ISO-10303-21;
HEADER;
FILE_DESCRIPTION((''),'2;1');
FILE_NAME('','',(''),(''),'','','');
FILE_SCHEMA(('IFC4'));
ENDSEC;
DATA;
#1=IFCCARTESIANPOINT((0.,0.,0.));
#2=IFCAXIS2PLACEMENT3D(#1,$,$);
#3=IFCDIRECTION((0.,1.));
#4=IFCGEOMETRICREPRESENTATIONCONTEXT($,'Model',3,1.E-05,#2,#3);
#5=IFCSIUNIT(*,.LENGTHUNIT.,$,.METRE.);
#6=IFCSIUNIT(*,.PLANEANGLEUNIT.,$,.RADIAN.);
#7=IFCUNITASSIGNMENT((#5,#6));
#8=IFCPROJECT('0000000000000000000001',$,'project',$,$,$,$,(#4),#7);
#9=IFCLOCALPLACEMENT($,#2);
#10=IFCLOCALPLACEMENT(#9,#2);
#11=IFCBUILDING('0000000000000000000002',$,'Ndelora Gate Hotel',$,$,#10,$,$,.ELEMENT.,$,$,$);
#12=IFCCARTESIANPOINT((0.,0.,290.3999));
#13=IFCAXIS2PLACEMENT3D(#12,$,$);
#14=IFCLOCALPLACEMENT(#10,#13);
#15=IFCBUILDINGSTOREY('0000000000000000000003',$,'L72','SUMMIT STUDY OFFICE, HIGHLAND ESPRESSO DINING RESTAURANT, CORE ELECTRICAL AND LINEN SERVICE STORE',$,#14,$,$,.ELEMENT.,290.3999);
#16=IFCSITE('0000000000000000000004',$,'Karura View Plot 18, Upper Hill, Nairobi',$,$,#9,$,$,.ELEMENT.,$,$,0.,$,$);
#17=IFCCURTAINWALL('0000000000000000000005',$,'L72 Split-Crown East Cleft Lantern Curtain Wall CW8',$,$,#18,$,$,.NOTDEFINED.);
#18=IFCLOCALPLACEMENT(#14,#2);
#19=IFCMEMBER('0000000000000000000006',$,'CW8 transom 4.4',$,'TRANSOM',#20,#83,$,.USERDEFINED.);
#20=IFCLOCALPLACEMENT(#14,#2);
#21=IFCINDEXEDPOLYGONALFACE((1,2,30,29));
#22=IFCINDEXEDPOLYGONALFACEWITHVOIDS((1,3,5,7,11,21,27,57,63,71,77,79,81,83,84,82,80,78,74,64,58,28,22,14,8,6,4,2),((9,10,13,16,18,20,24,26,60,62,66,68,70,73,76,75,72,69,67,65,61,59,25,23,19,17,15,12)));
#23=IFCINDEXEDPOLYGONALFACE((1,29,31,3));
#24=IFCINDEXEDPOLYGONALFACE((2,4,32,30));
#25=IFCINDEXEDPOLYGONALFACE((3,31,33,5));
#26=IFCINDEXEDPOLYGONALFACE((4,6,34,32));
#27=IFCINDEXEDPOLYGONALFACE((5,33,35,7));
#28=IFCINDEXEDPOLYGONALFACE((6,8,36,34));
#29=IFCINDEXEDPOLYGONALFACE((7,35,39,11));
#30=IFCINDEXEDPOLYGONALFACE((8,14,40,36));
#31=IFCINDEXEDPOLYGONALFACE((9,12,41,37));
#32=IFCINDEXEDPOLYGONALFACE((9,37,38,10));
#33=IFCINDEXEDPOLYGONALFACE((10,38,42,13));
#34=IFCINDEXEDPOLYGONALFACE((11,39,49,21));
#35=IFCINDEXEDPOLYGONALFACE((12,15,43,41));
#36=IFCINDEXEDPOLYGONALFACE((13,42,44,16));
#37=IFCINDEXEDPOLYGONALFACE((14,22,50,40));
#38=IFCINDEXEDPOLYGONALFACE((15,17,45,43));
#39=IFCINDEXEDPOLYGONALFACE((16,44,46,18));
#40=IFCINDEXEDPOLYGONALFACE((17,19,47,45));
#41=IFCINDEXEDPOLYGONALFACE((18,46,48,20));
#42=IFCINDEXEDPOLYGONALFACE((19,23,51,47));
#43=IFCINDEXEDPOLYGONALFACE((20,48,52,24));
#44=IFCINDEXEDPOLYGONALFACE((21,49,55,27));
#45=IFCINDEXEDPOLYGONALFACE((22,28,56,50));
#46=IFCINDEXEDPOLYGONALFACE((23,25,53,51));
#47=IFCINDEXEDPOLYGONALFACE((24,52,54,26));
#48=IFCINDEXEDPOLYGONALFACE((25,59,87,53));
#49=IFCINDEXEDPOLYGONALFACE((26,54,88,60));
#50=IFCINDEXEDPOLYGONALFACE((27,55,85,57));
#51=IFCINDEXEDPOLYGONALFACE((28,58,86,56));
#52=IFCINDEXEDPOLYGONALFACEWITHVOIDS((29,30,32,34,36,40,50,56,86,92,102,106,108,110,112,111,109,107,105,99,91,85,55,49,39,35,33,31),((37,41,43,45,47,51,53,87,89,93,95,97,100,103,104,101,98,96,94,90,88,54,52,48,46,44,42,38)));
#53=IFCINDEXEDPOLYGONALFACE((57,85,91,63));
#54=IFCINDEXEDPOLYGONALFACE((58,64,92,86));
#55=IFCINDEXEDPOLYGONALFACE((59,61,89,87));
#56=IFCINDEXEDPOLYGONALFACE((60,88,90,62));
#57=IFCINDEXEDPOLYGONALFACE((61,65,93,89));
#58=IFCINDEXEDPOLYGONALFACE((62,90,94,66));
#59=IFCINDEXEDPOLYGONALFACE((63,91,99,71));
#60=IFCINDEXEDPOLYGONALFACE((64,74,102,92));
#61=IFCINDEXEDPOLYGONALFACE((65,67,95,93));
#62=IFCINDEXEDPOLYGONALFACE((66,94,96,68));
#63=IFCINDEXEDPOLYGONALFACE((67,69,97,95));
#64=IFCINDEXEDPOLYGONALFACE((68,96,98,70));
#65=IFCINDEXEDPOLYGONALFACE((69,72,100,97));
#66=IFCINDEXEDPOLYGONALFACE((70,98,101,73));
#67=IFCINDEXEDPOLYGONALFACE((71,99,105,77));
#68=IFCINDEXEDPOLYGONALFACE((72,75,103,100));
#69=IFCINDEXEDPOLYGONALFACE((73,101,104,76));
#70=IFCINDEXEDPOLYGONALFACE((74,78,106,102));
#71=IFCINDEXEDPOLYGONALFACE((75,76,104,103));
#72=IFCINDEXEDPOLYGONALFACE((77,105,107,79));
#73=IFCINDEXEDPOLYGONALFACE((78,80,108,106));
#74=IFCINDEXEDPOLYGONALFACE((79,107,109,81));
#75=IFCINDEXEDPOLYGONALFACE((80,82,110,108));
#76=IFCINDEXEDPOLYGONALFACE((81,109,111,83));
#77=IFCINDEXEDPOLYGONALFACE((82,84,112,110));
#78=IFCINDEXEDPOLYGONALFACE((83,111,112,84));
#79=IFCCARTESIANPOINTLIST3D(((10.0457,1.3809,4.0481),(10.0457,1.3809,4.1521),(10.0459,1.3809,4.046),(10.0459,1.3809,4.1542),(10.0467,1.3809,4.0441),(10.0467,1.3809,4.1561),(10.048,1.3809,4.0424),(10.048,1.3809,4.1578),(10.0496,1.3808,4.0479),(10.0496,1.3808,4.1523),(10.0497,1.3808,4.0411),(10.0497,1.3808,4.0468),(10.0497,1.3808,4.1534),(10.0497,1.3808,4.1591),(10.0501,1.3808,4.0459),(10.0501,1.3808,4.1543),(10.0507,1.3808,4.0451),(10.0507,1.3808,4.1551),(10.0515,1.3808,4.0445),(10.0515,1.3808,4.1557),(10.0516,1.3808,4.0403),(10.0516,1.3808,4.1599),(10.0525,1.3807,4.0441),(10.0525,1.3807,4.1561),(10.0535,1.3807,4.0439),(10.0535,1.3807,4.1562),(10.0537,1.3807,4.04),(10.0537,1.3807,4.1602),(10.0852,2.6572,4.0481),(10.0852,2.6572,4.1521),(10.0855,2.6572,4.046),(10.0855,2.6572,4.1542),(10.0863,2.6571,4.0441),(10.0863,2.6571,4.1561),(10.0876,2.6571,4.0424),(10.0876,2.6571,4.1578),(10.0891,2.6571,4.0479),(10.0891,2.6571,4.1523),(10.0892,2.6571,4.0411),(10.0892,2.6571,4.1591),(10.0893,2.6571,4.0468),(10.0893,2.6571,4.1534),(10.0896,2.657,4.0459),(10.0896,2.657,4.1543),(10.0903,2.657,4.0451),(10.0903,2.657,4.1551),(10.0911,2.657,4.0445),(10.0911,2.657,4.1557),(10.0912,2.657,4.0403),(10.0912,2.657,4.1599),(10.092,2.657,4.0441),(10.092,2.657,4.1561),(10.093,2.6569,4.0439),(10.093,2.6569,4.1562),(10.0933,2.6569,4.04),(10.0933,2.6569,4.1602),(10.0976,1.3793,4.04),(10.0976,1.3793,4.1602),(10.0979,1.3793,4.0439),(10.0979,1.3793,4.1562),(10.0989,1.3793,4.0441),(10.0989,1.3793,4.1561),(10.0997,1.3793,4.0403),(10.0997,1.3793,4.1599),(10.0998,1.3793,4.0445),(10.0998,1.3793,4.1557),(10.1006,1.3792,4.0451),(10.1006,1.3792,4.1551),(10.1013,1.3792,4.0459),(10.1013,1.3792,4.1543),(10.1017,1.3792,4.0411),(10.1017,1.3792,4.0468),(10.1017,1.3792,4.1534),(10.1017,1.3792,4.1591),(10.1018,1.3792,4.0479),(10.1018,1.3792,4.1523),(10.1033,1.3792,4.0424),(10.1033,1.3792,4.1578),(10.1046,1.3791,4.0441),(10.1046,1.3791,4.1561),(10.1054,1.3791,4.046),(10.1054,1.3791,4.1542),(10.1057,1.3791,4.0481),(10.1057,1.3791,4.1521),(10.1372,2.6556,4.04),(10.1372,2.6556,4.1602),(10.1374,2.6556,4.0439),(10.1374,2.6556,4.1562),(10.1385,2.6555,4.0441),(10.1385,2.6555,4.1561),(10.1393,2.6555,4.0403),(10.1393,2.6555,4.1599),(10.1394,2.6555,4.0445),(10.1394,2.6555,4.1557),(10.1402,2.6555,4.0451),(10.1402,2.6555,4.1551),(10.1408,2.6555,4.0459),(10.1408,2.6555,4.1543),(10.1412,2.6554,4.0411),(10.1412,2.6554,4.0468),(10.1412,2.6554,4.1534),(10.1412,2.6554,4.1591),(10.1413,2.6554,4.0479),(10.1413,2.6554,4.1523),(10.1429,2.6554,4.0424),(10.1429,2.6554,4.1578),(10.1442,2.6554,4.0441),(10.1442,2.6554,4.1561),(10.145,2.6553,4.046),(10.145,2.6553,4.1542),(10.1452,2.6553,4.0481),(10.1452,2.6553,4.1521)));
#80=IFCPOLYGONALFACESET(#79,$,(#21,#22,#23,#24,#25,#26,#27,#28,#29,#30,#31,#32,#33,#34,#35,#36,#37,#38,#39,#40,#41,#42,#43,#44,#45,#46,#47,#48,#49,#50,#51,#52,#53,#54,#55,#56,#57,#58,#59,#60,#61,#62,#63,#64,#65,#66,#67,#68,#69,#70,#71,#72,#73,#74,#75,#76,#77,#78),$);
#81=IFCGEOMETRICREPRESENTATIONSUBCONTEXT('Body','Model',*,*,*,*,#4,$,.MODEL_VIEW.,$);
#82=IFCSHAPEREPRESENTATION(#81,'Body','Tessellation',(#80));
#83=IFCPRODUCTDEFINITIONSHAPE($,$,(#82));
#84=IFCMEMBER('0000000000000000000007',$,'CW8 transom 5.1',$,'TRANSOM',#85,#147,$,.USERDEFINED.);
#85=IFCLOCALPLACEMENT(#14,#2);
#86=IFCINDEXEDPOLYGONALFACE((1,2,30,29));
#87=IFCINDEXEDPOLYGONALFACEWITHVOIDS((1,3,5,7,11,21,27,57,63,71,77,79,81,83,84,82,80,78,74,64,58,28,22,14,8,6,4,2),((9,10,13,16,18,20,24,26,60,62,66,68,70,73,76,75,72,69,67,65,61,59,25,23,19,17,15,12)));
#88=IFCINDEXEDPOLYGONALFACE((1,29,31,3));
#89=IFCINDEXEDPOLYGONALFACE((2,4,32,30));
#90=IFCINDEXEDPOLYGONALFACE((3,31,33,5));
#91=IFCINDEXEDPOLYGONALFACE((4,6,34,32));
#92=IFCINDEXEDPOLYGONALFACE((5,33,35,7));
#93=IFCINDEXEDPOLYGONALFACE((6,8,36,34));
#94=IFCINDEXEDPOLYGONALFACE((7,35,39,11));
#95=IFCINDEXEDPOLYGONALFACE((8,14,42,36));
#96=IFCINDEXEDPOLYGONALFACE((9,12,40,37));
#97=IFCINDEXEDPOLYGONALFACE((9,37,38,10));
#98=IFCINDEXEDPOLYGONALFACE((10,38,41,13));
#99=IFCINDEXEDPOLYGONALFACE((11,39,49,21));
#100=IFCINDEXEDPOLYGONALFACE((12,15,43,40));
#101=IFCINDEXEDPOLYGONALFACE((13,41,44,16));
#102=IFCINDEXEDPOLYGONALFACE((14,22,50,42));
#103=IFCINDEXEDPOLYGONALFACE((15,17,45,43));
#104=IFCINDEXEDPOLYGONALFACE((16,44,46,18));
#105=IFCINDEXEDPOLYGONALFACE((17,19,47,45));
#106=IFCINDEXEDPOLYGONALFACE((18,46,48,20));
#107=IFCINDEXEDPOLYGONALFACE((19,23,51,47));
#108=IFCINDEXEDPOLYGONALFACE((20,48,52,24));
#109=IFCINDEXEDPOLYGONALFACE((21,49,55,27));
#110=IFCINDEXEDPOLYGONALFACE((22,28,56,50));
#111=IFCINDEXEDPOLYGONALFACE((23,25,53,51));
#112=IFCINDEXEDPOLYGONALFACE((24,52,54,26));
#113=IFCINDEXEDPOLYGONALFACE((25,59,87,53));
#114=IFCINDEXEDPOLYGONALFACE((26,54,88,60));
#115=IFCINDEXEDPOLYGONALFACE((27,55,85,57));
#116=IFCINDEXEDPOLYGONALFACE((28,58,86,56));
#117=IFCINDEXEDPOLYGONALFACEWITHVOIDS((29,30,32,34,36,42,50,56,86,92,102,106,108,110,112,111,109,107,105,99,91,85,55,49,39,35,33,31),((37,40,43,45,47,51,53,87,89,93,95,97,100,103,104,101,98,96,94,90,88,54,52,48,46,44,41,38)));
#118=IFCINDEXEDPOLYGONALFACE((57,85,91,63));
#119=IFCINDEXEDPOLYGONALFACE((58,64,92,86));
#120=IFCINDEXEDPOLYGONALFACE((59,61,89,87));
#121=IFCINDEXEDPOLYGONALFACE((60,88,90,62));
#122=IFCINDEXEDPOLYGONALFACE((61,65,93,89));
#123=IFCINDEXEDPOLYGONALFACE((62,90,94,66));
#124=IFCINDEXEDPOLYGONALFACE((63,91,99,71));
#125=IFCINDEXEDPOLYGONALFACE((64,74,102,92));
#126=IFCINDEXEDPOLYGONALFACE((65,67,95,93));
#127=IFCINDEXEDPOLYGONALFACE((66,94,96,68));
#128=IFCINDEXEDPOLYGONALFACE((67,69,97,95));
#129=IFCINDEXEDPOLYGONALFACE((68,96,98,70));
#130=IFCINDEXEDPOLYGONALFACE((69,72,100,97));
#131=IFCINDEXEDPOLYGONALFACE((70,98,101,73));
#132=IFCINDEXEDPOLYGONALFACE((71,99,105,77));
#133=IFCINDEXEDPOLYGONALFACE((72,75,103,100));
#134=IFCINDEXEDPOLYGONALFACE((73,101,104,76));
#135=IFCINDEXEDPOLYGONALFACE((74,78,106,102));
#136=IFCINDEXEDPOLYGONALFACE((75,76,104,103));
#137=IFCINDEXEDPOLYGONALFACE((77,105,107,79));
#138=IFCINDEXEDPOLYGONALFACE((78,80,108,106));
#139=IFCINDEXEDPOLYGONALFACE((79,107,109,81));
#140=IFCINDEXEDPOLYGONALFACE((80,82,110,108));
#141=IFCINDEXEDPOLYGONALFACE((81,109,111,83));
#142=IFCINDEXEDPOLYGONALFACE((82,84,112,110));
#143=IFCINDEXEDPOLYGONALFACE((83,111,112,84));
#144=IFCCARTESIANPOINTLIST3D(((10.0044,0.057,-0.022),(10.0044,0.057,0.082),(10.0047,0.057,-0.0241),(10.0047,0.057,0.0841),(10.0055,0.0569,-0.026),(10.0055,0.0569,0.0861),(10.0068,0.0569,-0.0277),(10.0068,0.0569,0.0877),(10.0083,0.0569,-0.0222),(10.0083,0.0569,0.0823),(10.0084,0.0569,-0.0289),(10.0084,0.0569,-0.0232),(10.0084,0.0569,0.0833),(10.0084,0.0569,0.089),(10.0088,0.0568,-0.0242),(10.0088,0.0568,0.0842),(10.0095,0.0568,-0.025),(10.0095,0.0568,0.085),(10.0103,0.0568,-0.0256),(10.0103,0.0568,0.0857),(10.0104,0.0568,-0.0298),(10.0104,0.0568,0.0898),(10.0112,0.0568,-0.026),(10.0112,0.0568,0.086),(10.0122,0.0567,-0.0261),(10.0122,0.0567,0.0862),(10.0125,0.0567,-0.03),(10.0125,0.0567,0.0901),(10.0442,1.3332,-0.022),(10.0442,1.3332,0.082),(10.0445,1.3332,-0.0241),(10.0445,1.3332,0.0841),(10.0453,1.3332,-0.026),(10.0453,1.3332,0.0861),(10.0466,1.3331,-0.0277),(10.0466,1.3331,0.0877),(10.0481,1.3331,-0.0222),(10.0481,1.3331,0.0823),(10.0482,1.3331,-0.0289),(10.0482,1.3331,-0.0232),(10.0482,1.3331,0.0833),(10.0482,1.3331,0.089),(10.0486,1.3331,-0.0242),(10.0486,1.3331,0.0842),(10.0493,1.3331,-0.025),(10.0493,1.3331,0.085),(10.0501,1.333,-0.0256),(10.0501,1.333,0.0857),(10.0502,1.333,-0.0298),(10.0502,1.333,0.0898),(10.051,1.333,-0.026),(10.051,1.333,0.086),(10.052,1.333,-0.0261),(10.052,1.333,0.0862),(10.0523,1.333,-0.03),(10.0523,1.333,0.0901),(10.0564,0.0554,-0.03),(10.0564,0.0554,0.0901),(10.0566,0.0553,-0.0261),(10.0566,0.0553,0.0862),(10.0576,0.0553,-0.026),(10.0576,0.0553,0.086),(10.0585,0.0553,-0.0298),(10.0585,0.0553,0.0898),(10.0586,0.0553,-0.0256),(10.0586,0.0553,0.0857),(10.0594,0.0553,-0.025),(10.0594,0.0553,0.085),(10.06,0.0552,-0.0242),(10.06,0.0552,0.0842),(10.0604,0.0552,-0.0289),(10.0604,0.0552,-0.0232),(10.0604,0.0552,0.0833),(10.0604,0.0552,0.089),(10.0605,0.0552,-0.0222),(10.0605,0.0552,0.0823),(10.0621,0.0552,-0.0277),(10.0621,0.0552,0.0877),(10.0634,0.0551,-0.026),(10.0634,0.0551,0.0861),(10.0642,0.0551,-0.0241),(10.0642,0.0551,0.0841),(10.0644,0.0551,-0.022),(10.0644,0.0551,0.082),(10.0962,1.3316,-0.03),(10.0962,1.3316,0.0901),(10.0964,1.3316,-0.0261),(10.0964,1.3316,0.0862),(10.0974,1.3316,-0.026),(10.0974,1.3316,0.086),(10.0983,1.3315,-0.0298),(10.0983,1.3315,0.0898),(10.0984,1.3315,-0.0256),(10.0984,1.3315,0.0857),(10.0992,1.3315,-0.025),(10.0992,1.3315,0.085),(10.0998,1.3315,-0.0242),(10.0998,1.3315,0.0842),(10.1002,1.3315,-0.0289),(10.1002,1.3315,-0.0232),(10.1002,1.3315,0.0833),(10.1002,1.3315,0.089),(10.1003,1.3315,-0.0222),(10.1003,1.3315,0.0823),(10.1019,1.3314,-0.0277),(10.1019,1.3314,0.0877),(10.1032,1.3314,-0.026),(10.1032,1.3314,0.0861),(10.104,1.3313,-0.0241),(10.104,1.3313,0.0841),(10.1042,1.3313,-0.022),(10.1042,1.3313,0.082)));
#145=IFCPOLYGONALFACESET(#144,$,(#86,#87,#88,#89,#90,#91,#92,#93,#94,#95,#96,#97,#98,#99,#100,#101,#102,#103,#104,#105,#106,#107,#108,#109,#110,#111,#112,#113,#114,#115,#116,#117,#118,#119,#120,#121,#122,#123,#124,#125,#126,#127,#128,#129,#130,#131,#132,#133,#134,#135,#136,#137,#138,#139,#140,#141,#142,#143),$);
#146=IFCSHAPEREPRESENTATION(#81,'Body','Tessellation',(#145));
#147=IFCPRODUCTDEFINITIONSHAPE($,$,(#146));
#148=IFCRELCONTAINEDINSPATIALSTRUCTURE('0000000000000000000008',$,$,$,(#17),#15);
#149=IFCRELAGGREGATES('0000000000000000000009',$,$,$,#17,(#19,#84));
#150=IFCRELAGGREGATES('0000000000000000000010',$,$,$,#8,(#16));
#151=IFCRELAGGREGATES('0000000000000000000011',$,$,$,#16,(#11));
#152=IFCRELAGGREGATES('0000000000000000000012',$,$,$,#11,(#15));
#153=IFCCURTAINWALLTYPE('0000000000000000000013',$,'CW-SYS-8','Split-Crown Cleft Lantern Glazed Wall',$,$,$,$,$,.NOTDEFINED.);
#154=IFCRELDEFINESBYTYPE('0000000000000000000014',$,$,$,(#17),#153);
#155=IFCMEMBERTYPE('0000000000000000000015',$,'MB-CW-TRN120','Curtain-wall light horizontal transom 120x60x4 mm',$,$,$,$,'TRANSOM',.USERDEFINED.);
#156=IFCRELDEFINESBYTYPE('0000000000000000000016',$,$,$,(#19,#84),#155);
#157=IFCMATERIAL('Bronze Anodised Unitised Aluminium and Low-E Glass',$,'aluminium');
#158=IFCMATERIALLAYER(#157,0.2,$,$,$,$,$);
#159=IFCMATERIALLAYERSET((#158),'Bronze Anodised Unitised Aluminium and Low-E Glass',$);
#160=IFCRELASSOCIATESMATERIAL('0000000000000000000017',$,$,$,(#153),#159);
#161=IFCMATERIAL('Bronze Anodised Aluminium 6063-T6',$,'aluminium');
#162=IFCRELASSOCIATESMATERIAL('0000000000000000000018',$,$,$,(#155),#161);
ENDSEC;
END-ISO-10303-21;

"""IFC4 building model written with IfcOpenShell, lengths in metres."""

from ifc_helpers import new_model, si_unit, direction, frame, origin, origin_2d, place, context, subcontext, project, spatial, hollow_rectangle, extrude, material, layer, layer_set, material_profile, profile_set, type_object, element, aggregate, save


model = new_model("IFC4")

# Units and contexts
model_context = context("Model", 3, precision=1e-05, world=origin(), true_north=direction((0.0, 1.0)))
body_context = subcontext(model_context, "Body", "Model", "MODEL_VIEW")
ifc_project = project(units=[si_unit("LENGTHUNIT", "METRE"), si_unit("PLANEANGLEUNIT", "RADIAN")], contexts=[model_context])

# Site, building, storey
site_placement = place(None, origin())
site = spatial("IfcSite", under=ifc_project, at=site_placement, Name="Karura View Plot 18, Upper Hill, Nairobi", CompositionType="ELEMENT", RefElevation=0.0)
building_placement = place(site_placement, origin())
building = spatial("IfcBuilding", under=site, at=building_placement, Name="Ndelora Gate Hotel", CompositionType="ELEMENT")
storey_placement = place(building_placement, frame((0.0, 0.0, 290.3999)))
storey = spatial("IfcBuildingStorey", under=building, at=storey_placement, Name="L72", Description="SUMMIT STUDY OFFICE, HIGHLAND ESPRESSO DINING RESTAURANT, CORE ELECTRICAL AND LINEN SERVICE STORE", CompositionType="ELEMENT", Elevation=290.3999)

# Curtain wall, members
ifc_material_1 = material(Name="Bronze Anodised Unitised Aluminium and Low-E Glass", Category="aluminium")
ifc_layer_1 = layer(ifc_material_1, 0.2)
ifc_layer_set_1 = layer_set([ifc_layer_1], Name="Bronze Anodised Unitised Aluminium and Low-E Glass")
curtain_wall_type = type_object("IfcCurtainWallType", Name="CW-SYS-8", Description="Split-Crown Cleft Lantern Glazed Wall", PredefinedType="NOTDEFINED", material=ifc_layer_set_1)
curtain_wall_placement = place(storey_placement, origin())
curtain_wall = element("IfcCurtainWall", 1, at=curtain_wall_placement, inside=storey, type_object=curtain_wall_type, Name="L72 Split-Crown East Cleft Lantern Curtain Wall CW8", PredefinedType="NOTDEFINED")
ifc_material_2 = material(Name="Bronze Anodised Aluminium 6063-T6", Category="aluminium")
ifc_material_profile_1 = material_profile(ifc_material_2, hollow_rectangle(XDim=0.0601, YDim=0.1201, WallThickness=0.0039, InnerFilletRadius=0.0039, OuterFilletRadius=0.0081, at=origin_2d()), Name="ALU 120x60x4")
ifc_profile_set_1 = profile_set([ifc_material_profile_1], Name="Bronze Anodised Aluminium 6063-T6")
member_type_1 = type_object("IfcMemberType", Name="MB-CW-TRN120", Description="Curtain-wall light horizontal transom 120x60x4 mm", ElementType="TRANSOM", PredefinedType="USERDEFINED", material=ifc_profile_set_1)
member_1_placement = place(storey_placement, frame((10.1152, 2.6562, 4.1001), z_axis=(-0.030978, -0.99952, 0.0), x_axis=(0.99952, -0.030978, 0.0)))
member_1 = element("IfcMember", 2, at=member_1_placement, type_object=member_type_1, Name="CW8 transom 4.4", ObjectType="TRANSOM", PredefinedType="USERDEFINED", context=body_context, shape_type="SweptSolid", body=[
    extrude(hollow_rectangle(XDim=0.0601, YDim=0.1201, WallThickness=0.0039, InnerFilletRadius=0.0039, OuterFilletRadius=0.0081, at=origin_2d()), origin(), (0.0, 0.0, 1.0), 1.2769),
])
member_2_placement = place(storey_placement, frame((10.0742, 1.3323, 0.03), z_axis=(-0.031169, -0.999514, 0.0), x_axis=(0.999514, -0.031169, 0.0)))
member_2 = element("IfcMember", 3, at=member_2_placement, type_object=member_type_1, Name="CW8 transom 5.1", ObjectType="TRANSOM", PredefinedType="USERDEFINED", context=body_context, shape_type="SweptSolid", body=[
    extrude(hollow_rectangle(XDim=0.0601, YDim=0.1201, WallThickness=0.0039, InnerFilletRadius=0.0039, OuterFilletRadius=0.0081, at=origin_2d()), origin(), (0.0, 0.0, 1.0), 1.2769),
])
aggregate(curtain_wall, [member_1, member_2])

save(model, "model.ifc")
